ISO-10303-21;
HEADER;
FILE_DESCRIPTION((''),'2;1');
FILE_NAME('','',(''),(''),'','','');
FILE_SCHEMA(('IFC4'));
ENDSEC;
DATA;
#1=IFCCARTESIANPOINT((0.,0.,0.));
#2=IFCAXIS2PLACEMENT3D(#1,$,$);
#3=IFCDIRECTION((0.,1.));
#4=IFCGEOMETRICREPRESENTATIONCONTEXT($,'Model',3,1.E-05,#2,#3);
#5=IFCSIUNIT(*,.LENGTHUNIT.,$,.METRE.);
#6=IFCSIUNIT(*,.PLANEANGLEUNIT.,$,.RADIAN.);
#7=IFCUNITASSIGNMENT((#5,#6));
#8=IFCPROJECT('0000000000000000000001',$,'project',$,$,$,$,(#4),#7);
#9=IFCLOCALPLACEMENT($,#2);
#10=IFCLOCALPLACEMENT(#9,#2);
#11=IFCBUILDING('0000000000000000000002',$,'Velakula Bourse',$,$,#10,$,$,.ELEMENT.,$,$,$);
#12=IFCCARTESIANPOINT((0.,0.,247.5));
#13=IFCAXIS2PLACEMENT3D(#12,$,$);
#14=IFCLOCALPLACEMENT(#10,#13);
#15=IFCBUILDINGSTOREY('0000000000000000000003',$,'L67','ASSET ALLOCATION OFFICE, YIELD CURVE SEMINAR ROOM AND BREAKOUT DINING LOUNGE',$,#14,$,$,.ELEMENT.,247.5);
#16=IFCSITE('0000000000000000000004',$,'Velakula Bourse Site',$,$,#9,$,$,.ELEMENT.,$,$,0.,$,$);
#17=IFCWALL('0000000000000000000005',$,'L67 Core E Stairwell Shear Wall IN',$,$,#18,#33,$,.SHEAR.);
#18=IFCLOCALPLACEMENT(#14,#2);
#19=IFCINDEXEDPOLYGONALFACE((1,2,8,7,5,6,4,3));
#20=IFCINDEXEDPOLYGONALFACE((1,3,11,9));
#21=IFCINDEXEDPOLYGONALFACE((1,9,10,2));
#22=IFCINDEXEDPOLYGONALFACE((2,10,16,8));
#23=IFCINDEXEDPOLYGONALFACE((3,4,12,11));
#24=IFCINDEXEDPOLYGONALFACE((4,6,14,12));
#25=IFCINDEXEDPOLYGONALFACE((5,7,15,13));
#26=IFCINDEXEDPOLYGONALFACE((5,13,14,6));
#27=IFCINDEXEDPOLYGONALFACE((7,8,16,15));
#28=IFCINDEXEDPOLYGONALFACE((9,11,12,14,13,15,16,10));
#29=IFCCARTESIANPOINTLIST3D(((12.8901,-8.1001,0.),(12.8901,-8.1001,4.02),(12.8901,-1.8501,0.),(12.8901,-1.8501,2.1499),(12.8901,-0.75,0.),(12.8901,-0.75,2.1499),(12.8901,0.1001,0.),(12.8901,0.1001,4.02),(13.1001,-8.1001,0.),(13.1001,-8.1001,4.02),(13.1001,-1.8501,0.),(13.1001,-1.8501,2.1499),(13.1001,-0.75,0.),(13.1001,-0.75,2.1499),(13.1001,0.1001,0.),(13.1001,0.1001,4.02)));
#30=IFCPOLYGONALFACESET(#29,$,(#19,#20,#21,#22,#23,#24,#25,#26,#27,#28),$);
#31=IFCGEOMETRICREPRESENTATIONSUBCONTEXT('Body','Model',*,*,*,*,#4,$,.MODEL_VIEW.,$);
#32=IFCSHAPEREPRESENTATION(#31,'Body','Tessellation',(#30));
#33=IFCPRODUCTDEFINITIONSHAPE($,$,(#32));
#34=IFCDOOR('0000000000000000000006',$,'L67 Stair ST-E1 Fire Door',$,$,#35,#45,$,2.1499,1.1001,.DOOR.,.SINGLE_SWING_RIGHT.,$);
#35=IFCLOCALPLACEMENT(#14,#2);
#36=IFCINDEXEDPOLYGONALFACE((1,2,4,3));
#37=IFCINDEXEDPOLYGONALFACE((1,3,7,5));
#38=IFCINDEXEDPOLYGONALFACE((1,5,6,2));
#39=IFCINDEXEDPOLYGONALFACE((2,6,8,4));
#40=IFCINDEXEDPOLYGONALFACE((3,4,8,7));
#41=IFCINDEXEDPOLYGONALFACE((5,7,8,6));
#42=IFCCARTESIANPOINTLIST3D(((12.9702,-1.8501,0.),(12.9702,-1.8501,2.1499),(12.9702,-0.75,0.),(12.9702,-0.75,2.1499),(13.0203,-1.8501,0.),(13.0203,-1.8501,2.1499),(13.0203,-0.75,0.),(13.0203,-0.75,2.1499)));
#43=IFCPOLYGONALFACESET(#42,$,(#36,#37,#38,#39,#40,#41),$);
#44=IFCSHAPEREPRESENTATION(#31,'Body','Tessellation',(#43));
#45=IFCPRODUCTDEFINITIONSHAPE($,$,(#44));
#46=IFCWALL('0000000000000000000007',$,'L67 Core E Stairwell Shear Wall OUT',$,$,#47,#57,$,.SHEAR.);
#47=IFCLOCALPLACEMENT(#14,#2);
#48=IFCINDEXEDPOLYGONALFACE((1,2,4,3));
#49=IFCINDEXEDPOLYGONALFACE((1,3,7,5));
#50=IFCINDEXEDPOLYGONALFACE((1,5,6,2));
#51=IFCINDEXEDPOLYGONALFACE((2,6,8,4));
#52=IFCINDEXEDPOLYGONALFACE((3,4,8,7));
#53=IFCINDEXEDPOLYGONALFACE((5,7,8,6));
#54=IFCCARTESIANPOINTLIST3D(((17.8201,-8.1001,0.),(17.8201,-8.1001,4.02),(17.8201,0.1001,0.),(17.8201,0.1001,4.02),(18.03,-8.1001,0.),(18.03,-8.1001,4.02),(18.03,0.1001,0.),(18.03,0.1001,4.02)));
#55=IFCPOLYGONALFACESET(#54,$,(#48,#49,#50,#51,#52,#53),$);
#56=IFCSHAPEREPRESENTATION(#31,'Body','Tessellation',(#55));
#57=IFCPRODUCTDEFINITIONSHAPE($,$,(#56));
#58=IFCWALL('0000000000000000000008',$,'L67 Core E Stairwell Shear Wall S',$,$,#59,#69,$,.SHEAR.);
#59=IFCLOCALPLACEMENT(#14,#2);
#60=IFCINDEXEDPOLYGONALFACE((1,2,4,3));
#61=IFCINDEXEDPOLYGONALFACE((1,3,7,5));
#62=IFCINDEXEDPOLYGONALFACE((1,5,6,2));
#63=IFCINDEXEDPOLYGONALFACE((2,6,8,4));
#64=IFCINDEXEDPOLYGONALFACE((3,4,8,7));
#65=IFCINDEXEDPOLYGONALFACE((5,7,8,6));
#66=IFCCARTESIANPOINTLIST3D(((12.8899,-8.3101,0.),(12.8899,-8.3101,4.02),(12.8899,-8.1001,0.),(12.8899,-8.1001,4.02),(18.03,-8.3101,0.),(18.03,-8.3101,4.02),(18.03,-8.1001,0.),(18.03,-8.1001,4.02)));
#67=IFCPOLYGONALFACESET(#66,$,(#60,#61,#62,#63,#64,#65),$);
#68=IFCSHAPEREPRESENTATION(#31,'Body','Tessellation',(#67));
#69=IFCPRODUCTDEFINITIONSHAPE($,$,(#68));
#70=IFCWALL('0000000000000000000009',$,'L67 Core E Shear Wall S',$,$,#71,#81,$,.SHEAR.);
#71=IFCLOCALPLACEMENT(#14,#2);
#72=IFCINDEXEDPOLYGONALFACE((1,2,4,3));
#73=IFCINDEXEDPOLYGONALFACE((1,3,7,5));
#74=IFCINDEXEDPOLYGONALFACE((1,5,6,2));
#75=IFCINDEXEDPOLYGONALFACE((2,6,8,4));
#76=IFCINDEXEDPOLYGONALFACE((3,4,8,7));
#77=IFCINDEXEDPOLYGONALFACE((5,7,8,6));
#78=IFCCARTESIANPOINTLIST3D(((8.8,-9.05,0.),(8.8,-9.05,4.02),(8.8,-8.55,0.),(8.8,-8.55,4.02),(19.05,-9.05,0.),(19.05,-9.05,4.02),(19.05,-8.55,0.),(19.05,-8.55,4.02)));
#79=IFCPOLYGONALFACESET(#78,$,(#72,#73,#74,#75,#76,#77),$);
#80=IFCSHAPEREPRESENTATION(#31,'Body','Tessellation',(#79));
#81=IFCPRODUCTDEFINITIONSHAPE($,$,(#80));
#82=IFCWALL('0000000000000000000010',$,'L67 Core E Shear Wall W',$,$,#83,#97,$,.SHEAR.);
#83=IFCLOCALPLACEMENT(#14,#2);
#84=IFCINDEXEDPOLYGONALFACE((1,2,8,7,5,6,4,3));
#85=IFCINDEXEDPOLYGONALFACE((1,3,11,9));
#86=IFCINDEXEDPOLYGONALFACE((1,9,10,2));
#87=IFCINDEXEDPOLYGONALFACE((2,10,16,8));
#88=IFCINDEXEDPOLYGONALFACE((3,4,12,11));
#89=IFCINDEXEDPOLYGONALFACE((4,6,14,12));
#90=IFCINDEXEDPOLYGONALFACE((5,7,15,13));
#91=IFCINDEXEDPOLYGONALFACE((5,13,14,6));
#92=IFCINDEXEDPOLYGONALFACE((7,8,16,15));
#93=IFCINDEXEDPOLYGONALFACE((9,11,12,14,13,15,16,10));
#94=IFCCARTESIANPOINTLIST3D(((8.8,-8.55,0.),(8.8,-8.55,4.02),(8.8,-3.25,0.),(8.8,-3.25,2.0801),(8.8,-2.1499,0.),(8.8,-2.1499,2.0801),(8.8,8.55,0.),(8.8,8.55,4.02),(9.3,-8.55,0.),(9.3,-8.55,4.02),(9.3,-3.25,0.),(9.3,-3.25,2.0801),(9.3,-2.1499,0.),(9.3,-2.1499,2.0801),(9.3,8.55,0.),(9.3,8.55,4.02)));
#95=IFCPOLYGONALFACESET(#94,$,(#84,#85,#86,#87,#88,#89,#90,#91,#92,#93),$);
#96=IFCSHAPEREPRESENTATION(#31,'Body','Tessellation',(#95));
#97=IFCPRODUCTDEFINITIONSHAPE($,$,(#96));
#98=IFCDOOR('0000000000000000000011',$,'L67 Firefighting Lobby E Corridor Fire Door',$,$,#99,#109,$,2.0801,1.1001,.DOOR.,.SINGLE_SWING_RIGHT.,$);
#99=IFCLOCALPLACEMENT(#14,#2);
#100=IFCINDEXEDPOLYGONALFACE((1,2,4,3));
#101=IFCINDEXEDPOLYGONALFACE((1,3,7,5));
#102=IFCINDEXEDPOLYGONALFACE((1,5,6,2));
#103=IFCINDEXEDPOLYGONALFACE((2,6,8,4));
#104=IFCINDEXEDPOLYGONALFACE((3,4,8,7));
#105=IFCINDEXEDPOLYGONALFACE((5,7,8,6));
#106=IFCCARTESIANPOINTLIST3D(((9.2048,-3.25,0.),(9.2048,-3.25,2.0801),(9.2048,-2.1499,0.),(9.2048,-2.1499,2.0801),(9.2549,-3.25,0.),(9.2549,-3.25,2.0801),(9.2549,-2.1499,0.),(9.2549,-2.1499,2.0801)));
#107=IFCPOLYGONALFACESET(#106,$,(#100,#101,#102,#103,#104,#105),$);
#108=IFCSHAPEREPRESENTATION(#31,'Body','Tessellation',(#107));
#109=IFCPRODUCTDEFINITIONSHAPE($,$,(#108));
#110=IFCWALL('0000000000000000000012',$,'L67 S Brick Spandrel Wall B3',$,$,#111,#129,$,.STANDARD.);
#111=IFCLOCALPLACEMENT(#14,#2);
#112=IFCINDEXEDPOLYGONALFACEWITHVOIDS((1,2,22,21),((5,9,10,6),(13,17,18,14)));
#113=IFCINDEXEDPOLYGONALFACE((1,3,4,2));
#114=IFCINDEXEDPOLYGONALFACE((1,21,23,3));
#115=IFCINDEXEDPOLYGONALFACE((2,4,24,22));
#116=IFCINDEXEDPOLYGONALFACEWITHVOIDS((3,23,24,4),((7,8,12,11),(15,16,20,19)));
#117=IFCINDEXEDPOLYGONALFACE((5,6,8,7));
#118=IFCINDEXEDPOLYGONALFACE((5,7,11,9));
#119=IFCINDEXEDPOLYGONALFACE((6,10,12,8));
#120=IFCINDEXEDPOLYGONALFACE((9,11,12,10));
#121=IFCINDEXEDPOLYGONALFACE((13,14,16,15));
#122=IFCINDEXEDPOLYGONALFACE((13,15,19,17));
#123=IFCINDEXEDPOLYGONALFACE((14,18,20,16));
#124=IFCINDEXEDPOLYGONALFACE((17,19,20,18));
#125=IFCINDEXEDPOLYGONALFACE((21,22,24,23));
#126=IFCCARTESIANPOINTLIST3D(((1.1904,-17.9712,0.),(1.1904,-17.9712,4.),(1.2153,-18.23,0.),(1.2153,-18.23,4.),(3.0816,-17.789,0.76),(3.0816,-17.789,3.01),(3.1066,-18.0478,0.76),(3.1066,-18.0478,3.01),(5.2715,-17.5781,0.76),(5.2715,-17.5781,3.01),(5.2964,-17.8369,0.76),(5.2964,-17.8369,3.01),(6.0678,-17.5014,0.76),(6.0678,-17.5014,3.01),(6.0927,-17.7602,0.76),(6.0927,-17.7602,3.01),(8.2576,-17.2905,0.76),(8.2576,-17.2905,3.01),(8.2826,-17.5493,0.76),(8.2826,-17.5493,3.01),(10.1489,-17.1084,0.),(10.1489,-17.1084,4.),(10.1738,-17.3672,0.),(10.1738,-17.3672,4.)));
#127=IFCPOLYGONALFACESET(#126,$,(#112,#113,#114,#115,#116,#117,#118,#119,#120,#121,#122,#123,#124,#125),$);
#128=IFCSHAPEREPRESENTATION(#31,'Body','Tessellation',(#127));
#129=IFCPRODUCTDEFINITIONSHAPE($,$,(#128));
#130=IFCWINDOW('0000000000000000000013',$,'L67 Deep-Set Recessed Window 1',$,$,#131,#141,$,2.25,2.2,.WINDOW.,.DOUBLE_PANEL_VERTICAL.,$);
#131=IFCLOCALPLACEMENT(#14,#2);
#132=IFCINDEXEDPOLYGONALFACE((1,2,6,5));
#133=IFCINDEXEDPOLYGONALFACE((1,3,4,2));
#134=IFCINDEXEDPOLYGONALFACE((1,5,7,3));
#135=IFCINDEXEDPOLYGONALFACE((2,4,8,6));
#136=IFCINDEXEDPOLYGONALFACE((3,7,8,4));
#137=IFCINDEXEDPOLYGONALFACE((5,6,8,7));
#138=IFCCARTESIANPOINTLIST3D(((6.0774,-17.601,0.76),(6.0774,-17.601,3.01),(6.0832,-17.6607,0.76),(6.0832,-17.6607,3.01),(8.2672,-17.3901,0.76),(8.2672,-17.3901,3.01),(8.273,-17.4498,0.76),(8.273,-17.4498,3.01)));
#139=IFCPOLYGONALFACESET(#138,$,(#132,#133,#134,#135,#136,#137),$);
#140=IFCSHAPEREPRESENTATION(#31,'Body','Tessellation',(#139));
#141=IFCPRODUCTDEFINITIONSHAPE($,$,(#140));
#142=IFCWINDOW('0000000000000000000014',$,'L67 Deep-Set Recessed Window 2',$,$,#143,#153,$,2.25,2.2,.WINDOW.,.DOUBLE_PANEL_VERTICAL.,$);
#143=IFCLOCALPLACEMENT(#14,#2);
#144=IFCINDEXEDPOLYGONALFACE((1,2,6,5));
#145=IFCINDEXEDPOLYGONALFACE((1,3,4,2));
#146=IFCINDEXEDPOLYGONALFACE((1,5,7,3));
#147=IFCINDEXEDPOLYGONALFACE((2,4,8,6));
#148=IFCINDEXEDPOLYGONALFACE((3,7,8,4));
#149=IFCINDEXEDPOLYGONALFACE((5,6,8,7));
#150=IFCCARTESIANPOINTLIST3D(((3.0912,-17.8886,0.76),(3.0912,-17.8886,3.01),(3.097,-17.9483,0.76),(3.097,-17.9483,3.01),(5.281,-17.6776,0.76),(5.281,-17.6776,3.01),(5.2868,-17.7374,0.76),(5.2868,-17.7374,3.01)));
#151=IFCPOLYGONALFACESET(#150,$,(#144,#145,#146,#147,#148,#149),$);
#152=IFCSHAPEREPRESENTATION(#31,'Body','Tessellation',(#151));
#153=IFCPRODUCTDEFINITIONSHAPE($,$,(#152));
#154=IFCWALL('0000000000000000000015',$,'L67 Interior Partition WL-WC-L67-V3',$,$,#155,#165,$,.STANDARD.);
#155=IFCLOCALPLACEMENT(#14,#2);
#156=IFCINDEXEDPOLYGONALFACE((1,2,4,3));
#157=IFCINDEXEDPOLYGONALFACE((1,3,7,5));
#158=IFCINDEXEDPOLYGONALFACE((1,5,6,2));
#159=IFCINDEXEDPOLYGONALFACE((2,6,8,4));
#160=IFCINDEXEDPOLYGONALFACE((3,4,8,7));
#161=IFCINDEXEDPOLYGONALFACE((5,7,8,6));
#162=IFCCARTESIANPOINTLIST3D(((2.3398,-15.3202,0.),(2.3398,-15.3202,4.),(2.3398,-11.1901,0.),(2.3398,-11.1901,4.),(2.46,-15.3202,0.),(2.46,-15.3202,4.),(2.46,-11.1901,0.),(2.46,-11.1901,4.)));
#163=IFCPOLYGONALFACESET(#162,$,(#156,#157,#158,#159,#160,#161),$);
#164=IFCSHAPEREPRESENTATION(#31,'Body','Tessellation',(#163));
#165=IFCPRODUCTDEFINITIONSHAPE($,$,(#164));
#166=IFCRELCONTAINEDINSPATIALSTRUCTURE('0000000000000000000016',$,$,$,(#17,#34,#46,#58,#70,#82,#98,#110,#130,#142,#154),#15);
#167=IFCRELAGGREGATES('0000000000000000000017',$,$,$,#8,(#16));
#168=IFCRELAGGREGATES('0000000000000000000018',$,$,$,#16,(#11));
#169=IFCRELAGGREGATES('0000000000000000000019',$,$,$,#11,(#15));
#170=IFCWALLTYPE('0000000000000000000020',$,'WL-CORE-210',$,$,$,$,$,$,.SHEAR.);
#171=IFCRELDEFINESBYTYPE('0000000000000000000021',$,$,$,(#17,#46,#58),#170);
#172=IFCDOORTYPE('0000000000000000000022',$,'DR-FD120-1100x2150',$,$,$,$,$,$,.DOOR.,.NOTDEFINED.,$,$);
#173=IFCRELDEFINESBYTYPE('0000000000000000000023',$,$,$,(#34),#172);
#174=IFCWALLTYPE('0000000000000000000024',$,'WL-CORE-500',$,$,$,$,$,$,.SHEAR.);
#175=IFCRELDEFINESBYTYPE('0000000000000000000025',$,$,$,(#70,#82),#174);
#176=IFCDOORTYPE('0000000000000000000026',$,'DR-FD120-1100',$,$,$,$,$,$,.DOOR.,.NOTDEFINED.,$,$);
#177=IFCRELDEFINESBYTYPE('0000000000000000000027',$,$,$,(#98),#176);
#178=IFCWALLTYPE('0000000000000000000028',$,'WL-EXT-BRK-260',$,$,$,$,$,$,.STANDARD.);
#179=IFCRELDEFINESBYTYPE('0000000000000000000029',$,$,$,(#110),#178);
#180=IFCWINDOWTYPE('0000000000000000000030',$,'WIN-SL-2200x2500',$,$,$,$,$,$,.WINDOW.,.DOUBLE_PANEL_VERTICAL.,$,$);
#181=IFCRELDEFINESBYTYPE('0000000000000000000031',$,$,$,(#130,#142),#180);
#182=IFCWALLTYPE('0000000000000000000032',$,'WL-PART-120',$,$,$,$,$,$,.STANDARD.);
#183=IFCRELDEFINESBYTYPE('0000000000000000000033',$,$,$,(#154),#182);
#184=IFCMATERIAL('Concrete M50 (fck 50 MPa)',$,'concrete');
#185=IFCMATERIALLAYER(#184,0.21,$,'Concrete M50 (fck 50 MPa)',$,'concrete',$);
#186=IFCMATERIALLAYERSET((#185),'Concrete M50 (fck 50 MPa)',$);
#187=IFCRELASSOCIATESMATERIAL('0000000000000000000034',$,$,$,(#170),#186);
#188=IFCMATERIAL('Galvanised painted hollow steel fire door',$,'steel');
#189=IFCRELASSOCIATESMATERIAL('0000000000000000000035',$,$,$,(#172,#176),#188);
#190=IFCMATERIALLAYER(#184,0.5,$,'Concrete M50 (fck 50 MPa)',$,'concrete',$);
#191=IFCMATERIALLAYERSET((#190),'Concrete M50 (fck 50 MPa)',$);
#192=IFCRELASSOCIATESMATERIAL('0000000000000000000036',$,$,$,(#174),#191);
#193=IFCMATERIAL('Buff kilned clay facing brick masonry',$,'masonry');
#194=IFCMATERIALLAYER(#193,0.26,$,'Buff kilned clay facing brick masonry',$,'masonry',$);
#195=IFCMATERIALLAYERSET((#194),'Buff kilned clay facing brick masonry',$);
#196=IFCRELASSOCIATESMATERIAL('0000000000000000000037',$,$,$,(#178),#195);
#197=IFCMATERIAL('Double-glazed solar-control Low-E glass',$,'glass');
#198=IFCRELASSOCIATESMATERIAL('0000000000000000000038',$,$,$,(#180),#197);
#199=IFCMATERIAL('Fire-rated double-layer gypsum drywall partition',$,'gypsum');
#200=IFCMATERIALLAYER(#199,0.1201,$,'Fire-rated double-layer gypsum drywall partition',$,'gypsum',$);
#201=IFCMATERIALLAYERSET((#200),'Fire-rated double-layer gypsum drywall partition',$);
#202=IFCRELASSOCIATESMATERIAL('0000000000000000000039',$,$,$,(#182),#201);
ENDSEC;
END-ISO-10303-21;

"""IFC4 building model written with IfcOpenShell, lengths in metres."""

from ifc_helpers import new_model, si_unit, direction, frame, frame_2d, origin, place, context, subcontext, project, spatial, rectangle, extrude, material, layer, layer_set, type_object, element, fill, save


model = new_model("IFC4")

# Units and contexts
model_context = context("Model", 3, precision=1e-05, world=origin(), true_north=direction((0.0, 1.0)))
body_context = subcontext(model_context, "Body", "Model", "MODEL_VIEW")
ifc_project = project(units=[si_unit("LENGTHUNIT", "METRE"), si_unit("PLANEANGLEUNIT", "RADIAN")], contexts=[model_context])

# Site, building, storey
site_placement = place(None, origin())
site = spatial("IfcSite", under=ifc_project, at=site_placement, Name="Velakula Bourse Site", CompositionType="ELEMENT", RefElevation=0.0)
building_placement = place(site_placement, origin())
building = spatial("IfcBuilding", under=site, at=building_placement, Name="Velakula Bourse", CompositionType="ELEMENT")
storey_placement = place(building_placement, frame((0.0, 0.0, 247.5)))
storey = spatial("IfcBuildingStorey", under=building, at=storey_placement, Name="L67", Description="ASSET ALLOCATION OFFICE, YIELD CURVE SEMINAR ROOM AND BREAKOUT DINING LOUNGE", CompositionType="ELEMENT", Elevation=247.5)

# Shared definitions
ifc_material_1 = material(Name="Concrete M50 (fck 50 MPa)", Category="concrete")

# Wall, opening, door
ifc_layer_1 = layer(ifc_material_1, 0.21, Name="Concrete M50 (fck 50 MPa)", Category="concrete")
ifc_layer_set_1 = layer_set([ifc_layer_1], Name="Concrete M50 (fck 50 MPa)")
wall_type_1 = type_object("IfcWallType", Name="WL-CORE-210", PredefinedType="SHEAR", material=ifc_layer_set_1)
wall_1_placement = place(storey_placement, frame((12.9951, -8.1001, 0.0), z_axis=(0.0, 0.0, 1.0), x_axis=(0.0, 1.0, 0.0)))
wall_1 = element("IfcWall", 1, at=wall_1_placement, inside=storey, type_object=wall_type_1, Name="L67 Core E Stairwell Shear Wall IN", PredefinedType="SHEAR", context=body_context, shape_type="SweptSolid", body=[
    extrude(rectangle(XDim=8.2002, YDim=0.21, at=frame_2d((4.1001, 0.0))), origin(), (0.0, 0.0, 1.0), 4.02),
])
opening_1_placement = place(wall_1_placement, frame((6.25, 0.0, 0.0)))
opening_1 = element("IfcOpeningElement", 2, at=opening_1_placement, cuts=wall_1, PredefinedType="OPENING", context=body_context, shape_type="SweptSolid", body=[
    extrude(rectangle(XDim=1.1001, YDim=2.1499, at=frame_2d((0.55, 1.075))), frame((0.0, 0.115, 0.0), z_axis=(0.0, -1.0, 0.0), x_axis=(1.0, 0.0, 0.0)), (0.0, 0.0, 1.0), 0.23),
])
ifc_material_2 = material(Name="Galvanised painted hollow steel fire door", Category="steel")
door_type_1 = type_object("IfcDoorType", Name="DR-FD120-1100x2150", OperationType="NOTDEFINED", PredefinedType="DOOR", material=ifc_material_2)
door_1_placement = place(opening_1_placement, origin())
door_1 = element("IfcDoor", 3, at=door_1_placement, inside=storey, type_object=door_type_1, Name="L67 Stair ST-E1 Fire Door", OperationType="SINGLE_SWING_RIGHT", OverallHeight=2.1499, OverallWidth=1.1001, PredefinedType="DOOR", context=body_context, shape_type="SweptSolid", body=[
    extrude(rectangle(XDim=1.1001, YDim=2.1499, at=frame_2d((0.55, 1.075))), frame((0.0, 0.0249, 0.0), z_axis=(0.0, -1.0, 0.0), x_axis=(1.0, 0.0, 0.0)), (0.0, 0.0, 1.0), 0.05),
])
fill(opening_1, door_1)

# Walls
wall_2_placement = place(storey_placement, frame((17.925, -8.1001, 0.0), z_axis=(0.0, 0.0, 1.0), x_axis=(0.0, 1.0, 0.0)))
element("IfcWall", 4, at=wall_2_placement, inside=storey, type_object=wall_type_1, Name="L67 Core E Stairwell Shear Wall OUT", PredefinedType="SHEAR", context=body_context, shape_type="SweptSolid", body=[
    extrude(rectangle(XDim=8.2002, YDim=0.21, at=frame_2d((4.1001, 0.0))), origin(), (0.0, 0.0, 1.0), 4.02),
])
wall_3_placement = place(storey_placement, frame((12.8899, -8.2051, 0.0), z_axis=(0.0, 0.0, 1.0), x_axis=(1.0, 0.0, 0.0)))
element("IfcWall", 5, at=wall_3_placement, inside=storey, type_object=wall_type_1, Name="L67 Core E Stairwell Shear Wall S", PredefinedType="SHEAR", context=body_context, shape_type="SweptSolid", body=[
    extrude(rectangle(XDim=5.1401, YDim=0.21, at=frame_2d((2.5701, 0.0))), origin(), (0.0, 0.0, 1.0), 4.02),
])
ifc_layer_2 = layer(ifc_material_1, 0.5, Name="Concrete M50 (fck 50 MPa)", Category="concrete")
ifc_layer_set_2 = layer_set([ifc_layer_2], Name="Concrete M50 (fck 50 MPa)")
wall_type_2 = type_object("IfcWallType", Name="WL-CORE-500", PredefinedType="SHEAR", material=ifc_layer_set_2)
wall_4_placement = place(storey_placement, frame((8.8, -8.8, 0.0), z_axis=(0.0, 0.0, 1.0), x_axis=(1.0, 0.0, 0.0)))
element("IfcWall", 6, at=wall_4_placement, inside=storey, type_object=wall_type_2, Name="L67 Core E Shear Wall S", PredefinedType="SHEAR", context=body_context, shape_type="SweptSolid", body=[
    extrude(rectangle(XDim=10.25, YDim=0.5, at=frame_2d((5.125, 0.0))), origin(), (0.0, 0.0, 1.0), 4.02),
])

# Wall, opening, door
wall_5_placement = place(storey_placement, frame((9.05, -8.55, 0.0), z_axis=(0.0, 0.0, 1.0), x_axis=(0.0, 1.0, 0.0)))
wall_5 = element("IfcWall", 7, at=wall_5_placement, inside=storey, type_object=wall_type_2, Name="L67 Core E Shear Wall W", PredefinedType="SHEAR", context=body_context, shape_type="SweptSolid", body=[
    extrude(rectangle(XDim=17.1001, YDim=0.5, at=frame_2d((8.55, 0.0))), origin(), (0.0, 0.0, 1.0), 4.02),
])
opening_2_placement = place(wall_5_placement, frame((5.3, 0.0, 0.0)))
opening_2 = element("IfcOpeningElement", 8, at=opening_2_placement, cuts=wall_5, PredefinedType="OPENING", context=body_context, shape_type="SweptSolid", body=[
    extrude(rectangle(XDim=1.1001, YDim=2.0801, at=frame_2d((0.55, 1.04))), frame((0.0, 0.26, 0.0), z_axis=(0.0, -1.0, 0.0), x_axis=(1.0, 0.0, 0.0)), (0.0, 0.0, 1.0), 0.52),
])
door_type_2 = type_object("IfcDoorType", Name="DR-FD120-1100", OperationType="NOTDEFINED", PredefinedType="DOOR", material=ifc_material_2)
door_2_placement = place(opening_2_placement, origin())
door_2 = element("IfcDoor", 9, at=door_2_placement, inside=storey, type_object=door_type_2, Name="L67 Firefighting Lobby E Corridor Fire Door", OperationType="SINGLE_SWING_RIGHT", OverallHeight=2.0801, OverallWidth=1.1001, PredefinedType="DOOR", context=body_context, shape_type="SweptSolid", body=[
    extrude(rectangle(XDim=1.1001, YDim=2.0801, at=frame_2d((0.55, 1.04))), frame((0.0, -0.1548, 0.0), z_axis=(0.0, -1.0, 0.0), x_axis=(1.0, 0.0, 0.0)), (0.0, 0.0, 1.0), 0.05),
])
fill(opening_2, door_2)

# Wall, openings, windows
ifc_material_3 = material(Name="Buff kilned clay facing brick masonry", Category="masonry")
ifc_layer_3 = layer(ifc_material_3, 0.26, Name="Buff kilned clay facing brick masonry", Category="masonry")
ifc_layer_set_3 = layer_set([ifc_layer_3], Name="Buff kilned clay facing brick masonry")
wall_type_3 = type_object("IfcWallType", Name="WL-EXT-BRK-260", PredefinedType="STANDARD", material=ifc_layer_set_3)
wall_6_placement = place(storey_placement, frame((10.1614, -17.2378, 0.0), z_axis=(0.0, 0.0, 1.0), x_axis=(-0.995394, -0.095866, 0.0)))
wall_6 = element("IfcWall", 10, at=wall_6_placement, inside=storey, type_object=wall_type_3, Name="L67 S Brick Spandrel Wall B3", PredefinedType="STANDARD", context=body_context, shape_type="SweptSolid", body=[
    extrude(rectangle(XDim=9.0, YDim=0.26, at=frame_2d((4.5, 0.0))), origin(), (0.0, 0.0, 1.0), 4.0),
])
opening_3_placement = place(wall_6_placement, frame((1.8999, 0.0, 0.76)))
opening_3 = element("IfcOpeningElement", 11, at=opening_3_placement, cuts=wall_6, PredefinedType="OPENING", context=body_context, shape_type="SweptSolid", body=[
    extrude(rectangle(XDim=2.2, YDim=2.25, at=frame_2d((1.1001, 1.125))), frame((0.0, 0.1399, 0.0), z_axis=(0.0, -1.0, 0.0), x_axis=(1.0, 0.0, 0.0)), (0.0, 0.0, 1.0), 0.28),
])
opening_4_placement = place(wall_6_placement, frame((4.8999, 0.0, 0.76)))
opening_4 = element("IfcOpeningElement", 12, at=opening_4_placement, cuts=wall_6, PredefinedType="OPENING", context=body_context, shape_type="SweptSolid", body=[
    extrude(rectangle(XDim=2.2, YDim=2.25, at=frame_2d((1.1001, 1.125))), frame((0.0, 0.1399, 0.0), z_axis=(0.0, -1.0, 0.0), x_axis=(1.0, 0.0, 0.0)), (0.0, 0.0, 1.0), 0.28),
])
ifc_material_4 = material(Name="Double-glazed solar-control Low-E glass", Category="glass")
window_type = type_object("IfcWindowType", Name="WIN-SL-2200x2500", PartitioningType="DOUBLE_PANEL_VERTICAL", PredefinedType="WINDOW", material=ifc_material_4)
window_1_placement = place(opening_3_placement, origin())
window_1 = element("IfcWindow", 13, at=window_1_placement, inside=storey, type_object=window_type, Name="L67 Deep-Set Recessed Window 1", OverallHeight=2.25, OverallWidth=2.2, PartitioningType="DOUBLE_PANEL_VERTICAL", PredefinedType="WINDOW", context=body_context, shape_type="SweptSolid", body=[
    extrude(rectangle(XDim=2.2, YDim=2.25, at=frame_2d((1.1001, 1.125))), frame((0.0, 0.03, 0.0), z_axis=(0.0, -1.0, 0.0), x_axis=(1.0, 0.0, 0.0)), (0.0, 0.0, 1.0), 0.0601),
])
fill(opening_3, window_1)
window_2_placement = place(opening_4_placement, origin())
window_2 = element("IfcWindow", 14, at=window_2_placement, inside=storey, type_object=window_type, Name="L67 Deep-Set Recessed Window 2", OverallHeight=2.25, OverallWidth=2.2, PartitioningType="DOUBLE_PANEL_VERTICAL", PredefinedType="WINDOW", context=body_context, shape_type="SweptSolid", body=[
    extrude(rectangle(XDim=2.2, YDim=2.25, at=frame_2d((1.1001, 1.125))), frame((0.0, 0.03, 0.0), z_axis=(0.0, -1.0, 0.0), x_axis=(1.0, 0.0, 0.0)), (0.0, 0.0, 1.0), 0.0601),
])
fill(opening_4, window_2)

# Wall
ifc_material_5 = material(Name="Fire-rated double-layer gypsum drywall partition", Category="gypsum")
ifc_layer_4 = layer(ifc_material_5, 0.1201, Name="Fire-rated double-layer gypsum drywall partition", Category="gypsum")
ifc_layer_set_4 = layer_set([ifc_layer_4], Name="Fire-rated double-layer gypsum drywall partition")
wall_type_4 = type_object("IfcWallType", Name="WL-PART-120", PredefinedType="STANDARD", material=ifc_layer_set_4)
for number, where, z_axis, x_axis, name in (
    (15, (2.3999, -15.3201, 0.0), (0.0, 0.0, 1.0), (0.0, 1.0, 0.0), "L67 Interior Partition WL-WC-L67-V3"),
):
    element("IfcWall", number, at=place(storey_placement, frame(where, z_axis=z_axis, x_axis=x_axis)), inside=storey, type_object=wall_type_4, Name=name, PredefinedType="STANDARD", context=body_context, shape_type="SweptSolid", body=[
        extrude(rectangle(XDim=4.1301, YDim=0.1201, at=frame_2d((2.0649, 0.0))), origin(), (0.0, 0.0, 1.0), 4.0),
    ])

save(model, "model.ifc")
